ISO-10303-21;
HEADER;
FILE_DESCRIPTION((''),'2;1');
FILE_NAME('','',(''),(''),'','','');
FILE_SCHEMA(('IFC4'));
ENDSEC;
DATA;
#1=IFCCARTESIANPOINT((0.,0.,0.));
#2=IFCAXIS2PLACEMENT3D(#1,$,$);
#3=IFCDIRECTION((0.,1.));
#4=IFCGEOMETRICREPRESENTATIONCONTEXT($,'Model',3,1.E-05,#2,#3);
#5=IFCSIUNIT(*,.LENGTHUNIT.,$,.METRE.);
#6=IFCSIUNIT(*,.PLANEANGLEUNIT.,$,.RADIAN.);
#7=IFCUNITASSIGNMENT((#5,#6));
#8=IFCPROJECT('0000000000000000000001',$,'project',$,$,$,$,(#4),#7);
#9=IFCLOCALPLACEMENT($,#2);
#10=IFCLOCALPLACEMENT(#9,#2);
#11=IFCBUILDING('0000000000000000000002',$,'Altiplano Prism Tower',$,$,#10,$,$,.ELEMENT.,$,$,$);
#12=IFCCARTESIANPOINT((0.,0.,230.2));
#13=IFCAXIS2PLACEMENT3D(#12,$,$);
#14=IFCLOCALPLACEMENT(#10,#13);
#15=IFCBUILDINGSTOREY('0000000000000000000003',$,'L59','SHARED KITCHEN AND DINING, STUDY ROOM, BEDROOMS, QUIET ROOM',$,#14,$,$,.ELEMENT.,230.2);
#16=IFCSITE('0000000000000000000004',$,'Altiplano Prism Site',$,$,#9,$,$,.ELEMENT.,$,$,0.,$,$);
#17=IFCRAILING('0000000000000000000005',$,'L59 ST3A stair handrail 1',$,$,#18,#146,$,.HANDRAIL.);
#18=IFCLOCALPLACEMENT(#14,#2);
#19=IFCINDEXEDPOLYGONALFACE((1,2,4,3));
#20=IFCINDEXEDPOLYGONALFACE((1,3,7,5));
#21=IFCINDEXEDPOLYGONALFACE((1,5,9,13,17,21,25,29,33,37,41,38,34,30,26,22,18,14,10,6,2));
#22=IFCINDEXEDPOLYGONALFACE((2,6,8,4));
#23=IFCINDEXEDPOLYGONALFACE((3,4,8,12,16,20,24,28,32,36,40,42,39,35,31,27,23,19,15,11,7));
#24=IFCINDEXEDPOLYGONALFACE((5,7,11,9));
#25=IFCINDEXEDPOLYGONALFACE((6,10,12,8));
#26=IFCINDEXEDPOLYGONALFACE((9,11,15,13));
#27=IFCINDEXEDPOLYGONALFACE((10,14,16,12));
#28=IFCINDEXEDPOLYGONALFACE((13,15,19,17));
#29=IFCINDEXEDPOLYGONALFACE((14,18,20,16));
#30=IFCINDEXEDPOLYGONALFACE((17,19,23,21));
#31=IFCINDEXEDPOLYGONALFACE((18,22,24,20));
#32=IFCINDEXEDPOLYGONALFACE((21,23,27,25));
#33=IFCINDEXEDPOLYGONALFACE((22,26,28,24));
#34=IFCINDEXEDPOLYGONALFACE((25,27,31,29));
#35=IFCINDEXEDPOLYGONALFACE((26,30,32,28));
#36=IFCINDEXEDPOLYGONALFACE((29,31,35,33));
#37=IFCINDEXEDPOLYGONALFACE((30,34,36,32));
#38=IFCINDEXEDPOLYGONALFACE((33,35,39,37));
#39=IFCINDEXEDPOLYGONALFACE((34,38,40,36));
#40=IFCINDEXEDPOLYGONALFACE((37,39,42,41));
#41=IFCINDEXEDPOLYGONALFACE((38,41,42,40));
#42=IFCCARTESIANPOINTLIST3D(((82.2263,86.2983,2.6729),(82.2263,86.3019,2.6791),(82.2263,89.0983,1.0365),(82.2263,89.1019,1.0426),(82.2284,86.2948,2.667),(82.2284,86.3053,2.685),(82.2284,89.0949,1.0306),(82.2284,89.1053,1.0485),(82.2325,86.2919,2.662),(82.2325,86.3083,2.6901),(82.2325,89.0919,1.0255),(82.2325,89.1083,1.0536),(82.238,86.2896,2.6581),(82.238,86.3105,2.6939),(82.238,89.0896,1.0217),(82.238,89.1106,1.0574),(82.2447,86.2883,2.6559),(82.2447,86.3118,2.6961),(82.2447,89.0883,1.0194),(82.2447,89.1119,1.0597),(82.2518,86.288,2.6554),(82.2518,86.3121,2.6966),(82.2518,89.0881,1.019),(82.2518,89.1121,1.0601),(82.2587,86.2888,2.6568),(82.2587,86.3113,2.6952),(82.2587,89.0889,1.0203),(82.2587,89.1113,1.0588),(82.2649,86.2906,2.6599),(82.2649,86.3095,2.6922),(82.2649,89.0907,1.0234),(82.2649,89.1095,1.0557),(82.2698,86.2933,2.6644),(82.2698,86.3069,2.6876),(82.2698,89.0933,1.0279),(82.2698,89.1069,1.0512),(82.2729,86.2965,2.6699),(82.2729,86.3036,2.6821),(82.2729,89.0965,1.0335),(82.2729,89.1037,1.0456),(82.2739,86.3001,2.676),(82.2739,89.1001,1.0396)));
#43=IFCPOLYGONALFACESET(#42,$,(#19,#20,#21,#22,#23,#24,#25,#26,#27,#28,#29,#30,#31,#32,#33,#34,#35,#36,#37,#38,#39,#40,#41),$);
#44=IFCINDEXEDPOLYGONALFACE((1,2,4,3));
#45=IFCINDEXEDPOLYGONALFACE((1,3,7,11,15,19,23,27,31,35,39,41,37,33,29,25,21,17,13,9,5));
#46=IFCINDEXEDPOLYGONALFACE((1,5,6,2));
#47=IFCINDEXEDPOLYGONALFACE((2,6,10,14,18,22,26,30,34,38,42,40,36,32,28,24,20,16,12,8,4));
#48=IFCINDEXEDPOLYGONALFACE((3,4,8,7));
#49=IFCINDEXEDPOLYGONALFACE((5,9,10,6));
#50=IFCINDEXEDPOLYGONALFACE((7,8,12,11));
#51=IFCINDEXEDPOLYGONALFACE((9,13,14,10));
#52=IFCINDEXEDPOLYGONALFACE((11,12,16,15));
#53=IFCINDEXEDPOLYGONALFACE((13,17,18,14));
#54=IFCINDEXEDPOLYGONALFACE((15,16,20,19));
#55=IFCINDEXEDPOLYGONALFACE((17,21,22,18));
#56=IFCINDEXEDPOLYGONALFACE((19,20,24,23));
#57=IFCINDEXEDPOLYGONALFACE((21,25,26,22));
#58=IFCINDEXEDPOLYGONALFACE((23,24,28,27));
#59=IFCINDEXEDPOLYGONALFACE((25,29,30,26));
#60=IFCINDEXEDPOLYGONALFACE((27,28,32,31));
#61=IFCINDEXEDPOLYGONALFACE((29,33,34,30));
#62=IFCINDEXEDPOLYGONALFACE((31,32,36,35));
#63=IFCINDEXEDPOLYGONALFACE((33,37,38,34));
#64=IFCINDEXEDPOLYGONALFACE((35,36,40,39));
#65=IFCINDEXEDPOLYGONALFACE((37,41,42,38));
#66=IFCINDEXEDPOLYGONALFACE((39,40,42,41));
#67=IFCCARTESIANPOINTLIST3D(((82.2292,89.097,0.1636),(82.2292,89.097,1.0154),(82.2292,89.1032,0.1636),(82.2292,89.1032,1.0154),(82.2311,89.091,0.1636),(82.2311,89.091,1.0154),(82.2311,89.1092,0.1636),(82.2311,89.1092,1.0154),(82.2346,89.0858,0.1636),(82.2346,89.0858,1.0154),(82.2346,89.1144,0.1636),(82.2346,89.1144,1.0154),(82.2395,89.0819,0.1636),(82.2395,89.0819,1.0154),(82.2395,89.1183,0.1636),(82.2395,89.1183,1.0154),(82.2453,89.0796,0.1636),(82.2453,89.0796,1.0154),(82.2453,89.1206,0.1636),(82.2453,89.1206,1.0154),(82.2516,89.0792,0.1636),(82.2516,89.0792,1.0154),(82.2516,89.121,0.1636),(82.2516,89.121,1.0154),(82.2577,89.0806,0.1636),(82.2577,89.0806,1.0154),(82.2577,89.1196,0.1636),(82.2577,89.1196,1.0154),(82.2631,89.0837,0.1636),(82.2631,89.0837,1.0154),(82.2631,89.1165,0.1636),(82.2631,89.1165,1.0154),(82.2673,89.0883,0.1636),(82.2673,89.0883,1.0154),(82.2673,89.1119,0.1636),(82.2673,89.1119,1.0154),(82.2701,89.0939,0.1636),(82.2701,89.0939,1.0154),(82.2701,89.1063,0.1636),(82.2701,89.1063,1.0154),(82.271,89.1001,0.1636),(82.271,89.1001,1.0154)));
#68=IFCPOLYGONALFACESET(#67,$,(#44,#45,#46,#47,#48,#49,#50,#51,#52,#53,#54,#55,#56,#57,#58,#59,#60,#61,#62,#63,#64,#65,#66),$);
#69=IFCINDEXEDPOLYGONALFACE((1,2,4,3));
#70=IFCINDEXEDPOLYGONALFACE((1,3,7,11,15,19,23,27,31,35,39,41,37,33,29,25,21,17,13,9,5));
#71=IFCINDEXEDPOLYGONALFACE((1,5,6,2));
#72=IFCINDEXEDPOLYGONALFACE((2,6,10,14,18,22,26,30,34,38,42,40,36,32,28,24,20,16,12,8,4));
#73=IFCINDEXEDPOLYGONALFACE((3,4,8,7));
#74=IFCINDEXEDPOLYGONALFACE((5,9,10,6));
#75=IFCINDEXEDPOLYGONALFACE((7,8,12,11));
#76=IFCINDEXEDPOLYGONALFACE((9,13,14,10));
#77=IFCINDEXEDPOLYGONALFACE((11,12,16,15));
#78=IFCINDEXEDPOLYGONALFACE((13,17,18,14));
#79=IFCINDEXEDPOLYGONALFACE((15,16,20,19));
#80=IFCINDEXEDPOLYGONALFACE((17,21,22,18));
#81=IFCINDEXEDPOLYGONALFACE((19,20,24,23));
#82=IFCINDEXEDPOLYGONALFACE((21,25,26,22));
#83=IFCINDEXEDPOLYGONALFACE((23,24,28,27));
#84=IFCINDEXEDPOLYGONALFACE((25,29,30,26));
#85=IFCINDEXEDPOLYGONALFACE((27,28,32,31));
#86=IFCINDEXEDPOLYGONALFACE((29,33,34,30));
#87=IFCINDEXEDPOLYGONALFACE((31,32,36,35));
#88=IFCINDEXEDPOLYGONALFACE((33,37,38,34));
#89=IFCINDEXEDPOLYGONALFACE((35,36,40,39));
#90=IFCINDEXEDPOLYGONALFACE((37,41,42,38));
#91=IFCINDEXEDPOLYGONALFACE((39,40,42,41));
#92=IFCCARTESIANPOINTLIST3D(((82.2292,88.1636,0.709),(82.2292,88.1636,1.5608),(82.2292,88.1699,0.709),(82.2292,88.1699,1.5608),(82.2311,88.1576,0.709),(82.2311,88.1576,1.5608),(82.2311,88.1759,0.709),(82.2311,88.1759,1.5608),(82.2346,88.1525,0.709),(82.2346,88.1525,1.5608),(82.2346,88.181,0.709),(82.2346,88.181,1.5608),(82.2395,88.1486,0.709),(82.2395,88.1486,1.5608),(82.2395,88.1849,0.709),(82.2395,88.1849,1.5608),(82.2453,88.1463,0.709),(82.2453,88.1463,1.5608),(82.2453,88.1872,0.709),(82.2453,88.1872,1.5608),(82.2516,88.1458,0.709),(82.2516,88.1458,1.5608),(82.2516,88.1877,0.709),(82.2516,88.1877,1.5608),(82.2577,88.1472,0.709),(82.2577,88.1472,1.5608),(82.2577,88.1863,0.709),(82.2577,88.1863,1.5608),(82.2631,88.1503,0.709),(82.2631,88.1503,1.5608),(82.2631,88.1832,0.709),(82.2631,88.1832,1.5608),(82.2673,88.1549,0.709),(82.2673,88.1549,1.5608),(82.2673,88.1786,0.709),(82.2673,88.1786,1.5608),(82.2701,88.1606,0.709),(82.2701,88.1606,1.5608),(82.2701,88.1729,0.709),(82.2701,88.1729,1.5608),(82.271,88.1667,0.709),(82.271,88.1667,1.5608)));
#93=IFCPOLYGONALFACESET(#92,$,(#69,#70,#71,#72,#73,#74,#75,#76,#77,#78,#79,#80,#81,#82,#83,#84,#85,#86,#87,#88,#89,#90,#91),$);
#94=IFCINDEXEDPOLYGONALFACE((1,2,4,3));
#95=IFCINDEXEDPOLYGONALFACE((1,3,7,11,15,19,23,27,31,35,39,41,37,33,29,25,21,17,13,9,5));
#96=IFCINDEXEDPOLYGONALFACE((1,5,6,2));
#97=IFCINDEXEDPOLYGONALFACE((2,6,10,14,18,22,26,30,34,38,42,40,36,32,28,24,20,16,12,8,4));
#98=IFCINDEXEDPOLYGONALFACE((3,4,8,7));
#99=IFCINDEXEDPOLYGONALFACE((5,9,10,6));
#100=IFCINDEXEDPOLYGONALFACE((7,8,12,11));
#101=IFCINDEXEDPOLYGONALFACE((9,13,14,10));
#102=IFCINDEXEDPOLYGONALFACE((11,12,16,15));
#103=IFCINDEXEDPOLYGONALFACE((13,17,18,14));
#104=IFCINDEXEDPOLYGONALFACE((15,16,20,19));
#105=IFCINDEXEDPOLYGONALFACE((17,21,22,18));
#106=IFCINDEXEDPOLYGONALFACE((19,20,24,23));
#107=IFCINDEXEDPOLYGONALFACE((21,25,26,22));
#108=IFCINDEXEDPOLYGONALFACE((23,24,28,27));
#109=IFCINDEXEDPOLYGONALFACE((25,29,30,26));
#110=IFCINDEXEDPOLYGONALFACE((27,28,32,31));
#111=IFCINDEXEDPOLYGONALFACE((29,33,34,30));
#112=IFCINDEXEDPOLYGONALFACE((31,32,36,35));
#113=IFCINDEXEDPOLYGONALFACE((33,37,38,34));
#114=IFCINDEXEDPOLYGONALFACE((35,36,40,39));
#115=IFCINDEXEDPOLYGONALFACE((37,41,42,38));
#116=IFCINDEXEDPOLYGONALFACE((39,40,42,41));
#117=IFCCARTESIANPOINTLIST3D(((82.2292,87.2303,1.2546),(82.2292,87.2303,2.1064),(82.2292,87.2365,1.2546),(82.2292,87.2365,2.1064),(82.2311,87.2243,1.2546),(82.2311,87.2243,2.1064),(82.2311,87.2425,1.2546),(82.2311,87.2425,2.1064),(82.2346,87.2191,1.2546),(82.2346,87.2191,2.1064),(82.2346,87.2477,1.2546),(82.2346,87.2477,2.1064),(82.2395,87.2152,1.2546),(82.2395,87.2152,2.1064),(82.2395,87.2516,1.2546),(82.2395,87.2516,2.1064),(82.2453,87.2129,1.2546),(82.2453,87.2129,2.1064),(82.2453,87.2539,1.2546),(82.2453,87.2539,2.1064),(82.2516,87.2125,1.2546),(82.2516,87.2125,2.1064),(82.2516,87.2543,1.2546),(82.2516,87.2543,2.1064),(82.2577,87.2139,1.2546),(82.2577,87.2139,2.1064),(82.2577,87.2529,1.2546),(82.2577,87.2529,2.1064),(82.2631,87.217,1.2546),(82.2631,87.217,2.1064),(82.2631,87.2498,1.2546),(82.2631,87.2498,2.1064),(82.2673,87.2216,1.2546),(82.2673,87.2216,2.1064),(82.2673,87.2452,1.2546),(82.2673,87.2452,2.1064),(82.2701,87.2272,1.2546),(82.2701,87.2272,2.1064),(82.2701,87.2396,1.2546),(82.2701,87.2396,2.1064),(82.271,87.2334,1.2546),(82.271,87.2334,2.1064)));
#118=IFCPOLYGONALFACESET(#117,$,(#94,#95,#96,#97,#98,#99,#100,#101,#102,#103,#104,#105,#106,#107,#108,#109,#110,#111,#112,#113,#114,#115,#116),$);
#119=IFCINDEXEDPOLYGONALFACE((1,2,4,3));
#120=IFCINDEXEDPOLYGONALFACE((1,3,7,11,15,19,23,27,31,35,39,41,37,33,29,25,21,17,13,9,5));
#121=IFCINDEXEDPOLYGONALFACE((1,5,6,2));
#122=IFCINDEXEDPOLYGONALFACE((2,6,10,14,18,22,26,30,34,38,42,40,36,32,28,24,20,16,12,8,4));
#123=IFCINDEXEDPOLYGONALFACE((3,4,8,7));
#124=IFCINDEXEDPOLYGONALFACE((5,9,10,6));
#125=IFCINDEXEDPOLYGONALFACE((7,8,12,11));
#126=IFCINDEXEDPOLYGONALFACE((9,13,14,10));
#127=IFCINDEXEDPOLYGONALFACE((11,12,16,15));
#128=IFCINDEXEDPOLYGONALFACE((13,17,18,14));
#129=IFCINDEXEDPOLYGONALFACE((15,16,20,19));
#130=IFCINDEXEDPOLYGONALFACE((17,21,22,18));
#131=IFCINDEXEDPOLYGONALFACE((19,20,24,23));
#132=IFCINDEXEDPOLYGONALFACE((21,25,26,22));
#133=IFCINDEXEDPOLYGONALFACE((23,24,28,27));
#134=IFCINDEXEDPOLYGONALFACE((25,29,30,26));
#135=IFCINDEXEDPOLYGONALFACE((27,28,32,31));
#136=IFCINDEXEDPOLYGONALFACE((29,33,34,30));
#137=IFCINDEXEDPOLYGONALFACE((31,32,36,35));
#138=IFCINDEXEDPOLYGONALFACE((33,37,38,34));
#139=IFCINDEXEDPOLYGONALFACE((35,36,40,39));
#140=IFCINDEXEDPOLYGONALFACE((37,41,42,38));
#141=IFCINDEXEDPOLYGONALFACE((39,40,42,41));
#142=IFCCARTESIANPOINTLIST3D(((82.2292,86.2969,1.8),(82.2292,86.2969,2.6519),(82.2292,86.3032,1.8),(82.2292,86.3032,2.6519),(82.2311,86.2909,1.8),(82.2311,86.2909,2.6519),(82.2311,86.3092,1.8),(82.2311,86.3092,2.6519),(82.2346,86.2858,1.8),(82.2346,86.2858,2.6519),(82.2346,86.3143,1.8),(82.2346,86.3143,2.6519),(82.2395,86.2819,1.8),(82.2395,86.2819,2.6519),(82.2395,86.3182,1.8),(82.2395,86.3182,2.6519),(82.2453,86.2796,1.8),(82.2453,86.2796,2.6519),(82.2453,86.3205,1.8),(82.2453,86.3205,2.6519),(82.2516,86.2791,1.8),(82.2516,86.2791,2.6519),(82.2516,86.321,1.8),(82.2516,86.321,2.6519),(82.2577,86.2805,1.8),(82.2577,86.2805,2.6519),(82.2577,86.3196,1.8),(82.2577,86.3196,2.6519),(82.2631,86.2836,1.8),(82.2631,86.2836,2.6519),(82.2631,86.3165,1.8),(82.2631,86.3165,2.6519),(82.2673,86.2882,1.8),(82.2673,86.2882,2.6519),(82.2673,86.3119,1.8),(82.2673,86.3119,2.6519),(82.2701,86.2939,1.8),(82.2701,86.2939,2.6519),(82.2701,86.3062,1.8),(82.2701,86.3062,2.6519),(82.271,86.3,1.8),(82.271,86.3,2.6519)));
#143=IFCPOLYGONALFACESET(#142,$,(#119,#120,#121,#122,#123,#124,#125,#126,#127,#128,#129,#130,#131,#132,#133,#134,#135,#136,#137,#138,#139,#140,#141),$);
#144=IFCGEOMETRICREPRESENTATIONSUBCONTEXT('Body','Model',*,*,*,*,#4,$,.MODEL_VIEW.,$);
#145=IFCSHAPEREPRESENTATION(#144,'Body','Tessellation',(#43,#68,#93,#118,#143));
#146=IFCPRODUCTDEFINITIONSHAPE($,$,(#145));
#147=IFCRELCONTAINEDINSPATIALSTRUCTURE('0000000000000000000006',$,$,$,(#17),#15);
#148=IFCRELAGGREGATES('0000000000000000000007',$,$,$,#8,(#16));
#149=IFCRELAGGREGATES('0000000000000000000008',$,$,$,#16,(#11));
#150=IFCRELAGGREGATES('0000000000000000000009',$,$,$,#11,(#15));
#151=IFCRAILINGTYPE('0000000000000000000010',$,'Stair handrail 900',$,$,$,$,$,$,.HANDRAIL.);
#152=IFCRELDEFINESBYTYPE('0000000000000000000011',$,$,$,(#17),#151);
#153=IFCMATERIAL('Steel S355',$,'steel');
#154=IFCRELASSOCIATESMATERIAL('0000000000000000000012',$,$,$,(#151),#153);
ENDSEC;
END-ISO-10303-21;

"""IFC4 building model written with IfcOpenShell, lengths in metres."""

from ifc_helpers import new_model, si_unit, direction, frame, origin, origin_2d, place, context, subcontext, project, spatial, circle, extrude, material, type_object, element, save


model = new_model("IFC4")

# Units and contexts
model_context = context("Model", 3, precision=1e-05, world=origin(), true_north=direction((0.0, 1.0)))
body_context = subcontext(model_context, "Body", "Model", "MODEL_VIEW")
ifc_project = project(units=[si_unit("LENGTHUNIT", "METRE"), si_unit("PLANEANGLEUNIT", "RADIAN")], contexts=[model_context])

# Site, building, storey
site_placement = place(None, origin())
site = spatial("IfcSite", under=ifc_project, at=site_placement, Name="Altiplano Prism Site", CompositionType="ELEMENT", RefElevation=0.0)
building_placement = place(site_placement, origin())
building = spatial("IfcBuilding", under=site, at=building_placement, Name="Altiplano Prism Tower", CompositionType="ELEMENT")
storey_placement = place(building_placement, frame((0.0, 0.0, 230.2)))
storey = spatial("IfcBuildingStorey", under=building, at=storey_placement, Name="L59", Description="SHARED KITCHEN AND DINING, STUDY ROOM, BEDROOMS, QUIET ROOM", CompositionType="ELEMENT", Elevation=230.2)

# Railing
ifc_material_1 = material(Name="Steel S355", Category="steel")
railing_type_1 = type_object("IfcRailingType", Name="Stair handrail 900", PredefinedType="HANDRAIL", material=ifc_material_1)
railing_1_placement = place(storey_placement, frame((82.25, 89.1001, 0.1636)))
element("IfcRailing", 1, at=railing_1_placement, inside=storey, type_object=railing_type_1, Name="L59 ST3A stair handrail 1", PredefinedType="HANDRAIL", context=body_context, shape_type="SweptSolid", body=[
    extrude(circle(Radius=0.0239, at=origin_2d()), frame((0.0, 0.0, 0.876), z_axis=(0.0, -0.863361, 0.504587), x_axis=(1.0, 0.0, 0.0)), (0.0, 0.0, 1.0), 3.2432),
    extrude(circle(Radius=0.021, at=origin_2d()), origin(), (0.0, 0.0, 1.0), 0.8518),
    extrude(circle(Radius=0.021, at=origin_2d()), frame((0.0, -0.9333, 0.5454)), (0.0, 0.0, 1.0), 0.8518),
    extrude(circle(Radius=0.021, at=origin_2d()), frame((0.0, -1.8667, 1.0911)), (0.0, 0.0, 1.0), 0.8518),
    extrude(circle(Radius=0.021, at=origin_2d()), frame((0.0, -2.8, 1.6365)), (0.0, 0.0, 1.0), 0.8518),
])

save(model, "model.ifc")
